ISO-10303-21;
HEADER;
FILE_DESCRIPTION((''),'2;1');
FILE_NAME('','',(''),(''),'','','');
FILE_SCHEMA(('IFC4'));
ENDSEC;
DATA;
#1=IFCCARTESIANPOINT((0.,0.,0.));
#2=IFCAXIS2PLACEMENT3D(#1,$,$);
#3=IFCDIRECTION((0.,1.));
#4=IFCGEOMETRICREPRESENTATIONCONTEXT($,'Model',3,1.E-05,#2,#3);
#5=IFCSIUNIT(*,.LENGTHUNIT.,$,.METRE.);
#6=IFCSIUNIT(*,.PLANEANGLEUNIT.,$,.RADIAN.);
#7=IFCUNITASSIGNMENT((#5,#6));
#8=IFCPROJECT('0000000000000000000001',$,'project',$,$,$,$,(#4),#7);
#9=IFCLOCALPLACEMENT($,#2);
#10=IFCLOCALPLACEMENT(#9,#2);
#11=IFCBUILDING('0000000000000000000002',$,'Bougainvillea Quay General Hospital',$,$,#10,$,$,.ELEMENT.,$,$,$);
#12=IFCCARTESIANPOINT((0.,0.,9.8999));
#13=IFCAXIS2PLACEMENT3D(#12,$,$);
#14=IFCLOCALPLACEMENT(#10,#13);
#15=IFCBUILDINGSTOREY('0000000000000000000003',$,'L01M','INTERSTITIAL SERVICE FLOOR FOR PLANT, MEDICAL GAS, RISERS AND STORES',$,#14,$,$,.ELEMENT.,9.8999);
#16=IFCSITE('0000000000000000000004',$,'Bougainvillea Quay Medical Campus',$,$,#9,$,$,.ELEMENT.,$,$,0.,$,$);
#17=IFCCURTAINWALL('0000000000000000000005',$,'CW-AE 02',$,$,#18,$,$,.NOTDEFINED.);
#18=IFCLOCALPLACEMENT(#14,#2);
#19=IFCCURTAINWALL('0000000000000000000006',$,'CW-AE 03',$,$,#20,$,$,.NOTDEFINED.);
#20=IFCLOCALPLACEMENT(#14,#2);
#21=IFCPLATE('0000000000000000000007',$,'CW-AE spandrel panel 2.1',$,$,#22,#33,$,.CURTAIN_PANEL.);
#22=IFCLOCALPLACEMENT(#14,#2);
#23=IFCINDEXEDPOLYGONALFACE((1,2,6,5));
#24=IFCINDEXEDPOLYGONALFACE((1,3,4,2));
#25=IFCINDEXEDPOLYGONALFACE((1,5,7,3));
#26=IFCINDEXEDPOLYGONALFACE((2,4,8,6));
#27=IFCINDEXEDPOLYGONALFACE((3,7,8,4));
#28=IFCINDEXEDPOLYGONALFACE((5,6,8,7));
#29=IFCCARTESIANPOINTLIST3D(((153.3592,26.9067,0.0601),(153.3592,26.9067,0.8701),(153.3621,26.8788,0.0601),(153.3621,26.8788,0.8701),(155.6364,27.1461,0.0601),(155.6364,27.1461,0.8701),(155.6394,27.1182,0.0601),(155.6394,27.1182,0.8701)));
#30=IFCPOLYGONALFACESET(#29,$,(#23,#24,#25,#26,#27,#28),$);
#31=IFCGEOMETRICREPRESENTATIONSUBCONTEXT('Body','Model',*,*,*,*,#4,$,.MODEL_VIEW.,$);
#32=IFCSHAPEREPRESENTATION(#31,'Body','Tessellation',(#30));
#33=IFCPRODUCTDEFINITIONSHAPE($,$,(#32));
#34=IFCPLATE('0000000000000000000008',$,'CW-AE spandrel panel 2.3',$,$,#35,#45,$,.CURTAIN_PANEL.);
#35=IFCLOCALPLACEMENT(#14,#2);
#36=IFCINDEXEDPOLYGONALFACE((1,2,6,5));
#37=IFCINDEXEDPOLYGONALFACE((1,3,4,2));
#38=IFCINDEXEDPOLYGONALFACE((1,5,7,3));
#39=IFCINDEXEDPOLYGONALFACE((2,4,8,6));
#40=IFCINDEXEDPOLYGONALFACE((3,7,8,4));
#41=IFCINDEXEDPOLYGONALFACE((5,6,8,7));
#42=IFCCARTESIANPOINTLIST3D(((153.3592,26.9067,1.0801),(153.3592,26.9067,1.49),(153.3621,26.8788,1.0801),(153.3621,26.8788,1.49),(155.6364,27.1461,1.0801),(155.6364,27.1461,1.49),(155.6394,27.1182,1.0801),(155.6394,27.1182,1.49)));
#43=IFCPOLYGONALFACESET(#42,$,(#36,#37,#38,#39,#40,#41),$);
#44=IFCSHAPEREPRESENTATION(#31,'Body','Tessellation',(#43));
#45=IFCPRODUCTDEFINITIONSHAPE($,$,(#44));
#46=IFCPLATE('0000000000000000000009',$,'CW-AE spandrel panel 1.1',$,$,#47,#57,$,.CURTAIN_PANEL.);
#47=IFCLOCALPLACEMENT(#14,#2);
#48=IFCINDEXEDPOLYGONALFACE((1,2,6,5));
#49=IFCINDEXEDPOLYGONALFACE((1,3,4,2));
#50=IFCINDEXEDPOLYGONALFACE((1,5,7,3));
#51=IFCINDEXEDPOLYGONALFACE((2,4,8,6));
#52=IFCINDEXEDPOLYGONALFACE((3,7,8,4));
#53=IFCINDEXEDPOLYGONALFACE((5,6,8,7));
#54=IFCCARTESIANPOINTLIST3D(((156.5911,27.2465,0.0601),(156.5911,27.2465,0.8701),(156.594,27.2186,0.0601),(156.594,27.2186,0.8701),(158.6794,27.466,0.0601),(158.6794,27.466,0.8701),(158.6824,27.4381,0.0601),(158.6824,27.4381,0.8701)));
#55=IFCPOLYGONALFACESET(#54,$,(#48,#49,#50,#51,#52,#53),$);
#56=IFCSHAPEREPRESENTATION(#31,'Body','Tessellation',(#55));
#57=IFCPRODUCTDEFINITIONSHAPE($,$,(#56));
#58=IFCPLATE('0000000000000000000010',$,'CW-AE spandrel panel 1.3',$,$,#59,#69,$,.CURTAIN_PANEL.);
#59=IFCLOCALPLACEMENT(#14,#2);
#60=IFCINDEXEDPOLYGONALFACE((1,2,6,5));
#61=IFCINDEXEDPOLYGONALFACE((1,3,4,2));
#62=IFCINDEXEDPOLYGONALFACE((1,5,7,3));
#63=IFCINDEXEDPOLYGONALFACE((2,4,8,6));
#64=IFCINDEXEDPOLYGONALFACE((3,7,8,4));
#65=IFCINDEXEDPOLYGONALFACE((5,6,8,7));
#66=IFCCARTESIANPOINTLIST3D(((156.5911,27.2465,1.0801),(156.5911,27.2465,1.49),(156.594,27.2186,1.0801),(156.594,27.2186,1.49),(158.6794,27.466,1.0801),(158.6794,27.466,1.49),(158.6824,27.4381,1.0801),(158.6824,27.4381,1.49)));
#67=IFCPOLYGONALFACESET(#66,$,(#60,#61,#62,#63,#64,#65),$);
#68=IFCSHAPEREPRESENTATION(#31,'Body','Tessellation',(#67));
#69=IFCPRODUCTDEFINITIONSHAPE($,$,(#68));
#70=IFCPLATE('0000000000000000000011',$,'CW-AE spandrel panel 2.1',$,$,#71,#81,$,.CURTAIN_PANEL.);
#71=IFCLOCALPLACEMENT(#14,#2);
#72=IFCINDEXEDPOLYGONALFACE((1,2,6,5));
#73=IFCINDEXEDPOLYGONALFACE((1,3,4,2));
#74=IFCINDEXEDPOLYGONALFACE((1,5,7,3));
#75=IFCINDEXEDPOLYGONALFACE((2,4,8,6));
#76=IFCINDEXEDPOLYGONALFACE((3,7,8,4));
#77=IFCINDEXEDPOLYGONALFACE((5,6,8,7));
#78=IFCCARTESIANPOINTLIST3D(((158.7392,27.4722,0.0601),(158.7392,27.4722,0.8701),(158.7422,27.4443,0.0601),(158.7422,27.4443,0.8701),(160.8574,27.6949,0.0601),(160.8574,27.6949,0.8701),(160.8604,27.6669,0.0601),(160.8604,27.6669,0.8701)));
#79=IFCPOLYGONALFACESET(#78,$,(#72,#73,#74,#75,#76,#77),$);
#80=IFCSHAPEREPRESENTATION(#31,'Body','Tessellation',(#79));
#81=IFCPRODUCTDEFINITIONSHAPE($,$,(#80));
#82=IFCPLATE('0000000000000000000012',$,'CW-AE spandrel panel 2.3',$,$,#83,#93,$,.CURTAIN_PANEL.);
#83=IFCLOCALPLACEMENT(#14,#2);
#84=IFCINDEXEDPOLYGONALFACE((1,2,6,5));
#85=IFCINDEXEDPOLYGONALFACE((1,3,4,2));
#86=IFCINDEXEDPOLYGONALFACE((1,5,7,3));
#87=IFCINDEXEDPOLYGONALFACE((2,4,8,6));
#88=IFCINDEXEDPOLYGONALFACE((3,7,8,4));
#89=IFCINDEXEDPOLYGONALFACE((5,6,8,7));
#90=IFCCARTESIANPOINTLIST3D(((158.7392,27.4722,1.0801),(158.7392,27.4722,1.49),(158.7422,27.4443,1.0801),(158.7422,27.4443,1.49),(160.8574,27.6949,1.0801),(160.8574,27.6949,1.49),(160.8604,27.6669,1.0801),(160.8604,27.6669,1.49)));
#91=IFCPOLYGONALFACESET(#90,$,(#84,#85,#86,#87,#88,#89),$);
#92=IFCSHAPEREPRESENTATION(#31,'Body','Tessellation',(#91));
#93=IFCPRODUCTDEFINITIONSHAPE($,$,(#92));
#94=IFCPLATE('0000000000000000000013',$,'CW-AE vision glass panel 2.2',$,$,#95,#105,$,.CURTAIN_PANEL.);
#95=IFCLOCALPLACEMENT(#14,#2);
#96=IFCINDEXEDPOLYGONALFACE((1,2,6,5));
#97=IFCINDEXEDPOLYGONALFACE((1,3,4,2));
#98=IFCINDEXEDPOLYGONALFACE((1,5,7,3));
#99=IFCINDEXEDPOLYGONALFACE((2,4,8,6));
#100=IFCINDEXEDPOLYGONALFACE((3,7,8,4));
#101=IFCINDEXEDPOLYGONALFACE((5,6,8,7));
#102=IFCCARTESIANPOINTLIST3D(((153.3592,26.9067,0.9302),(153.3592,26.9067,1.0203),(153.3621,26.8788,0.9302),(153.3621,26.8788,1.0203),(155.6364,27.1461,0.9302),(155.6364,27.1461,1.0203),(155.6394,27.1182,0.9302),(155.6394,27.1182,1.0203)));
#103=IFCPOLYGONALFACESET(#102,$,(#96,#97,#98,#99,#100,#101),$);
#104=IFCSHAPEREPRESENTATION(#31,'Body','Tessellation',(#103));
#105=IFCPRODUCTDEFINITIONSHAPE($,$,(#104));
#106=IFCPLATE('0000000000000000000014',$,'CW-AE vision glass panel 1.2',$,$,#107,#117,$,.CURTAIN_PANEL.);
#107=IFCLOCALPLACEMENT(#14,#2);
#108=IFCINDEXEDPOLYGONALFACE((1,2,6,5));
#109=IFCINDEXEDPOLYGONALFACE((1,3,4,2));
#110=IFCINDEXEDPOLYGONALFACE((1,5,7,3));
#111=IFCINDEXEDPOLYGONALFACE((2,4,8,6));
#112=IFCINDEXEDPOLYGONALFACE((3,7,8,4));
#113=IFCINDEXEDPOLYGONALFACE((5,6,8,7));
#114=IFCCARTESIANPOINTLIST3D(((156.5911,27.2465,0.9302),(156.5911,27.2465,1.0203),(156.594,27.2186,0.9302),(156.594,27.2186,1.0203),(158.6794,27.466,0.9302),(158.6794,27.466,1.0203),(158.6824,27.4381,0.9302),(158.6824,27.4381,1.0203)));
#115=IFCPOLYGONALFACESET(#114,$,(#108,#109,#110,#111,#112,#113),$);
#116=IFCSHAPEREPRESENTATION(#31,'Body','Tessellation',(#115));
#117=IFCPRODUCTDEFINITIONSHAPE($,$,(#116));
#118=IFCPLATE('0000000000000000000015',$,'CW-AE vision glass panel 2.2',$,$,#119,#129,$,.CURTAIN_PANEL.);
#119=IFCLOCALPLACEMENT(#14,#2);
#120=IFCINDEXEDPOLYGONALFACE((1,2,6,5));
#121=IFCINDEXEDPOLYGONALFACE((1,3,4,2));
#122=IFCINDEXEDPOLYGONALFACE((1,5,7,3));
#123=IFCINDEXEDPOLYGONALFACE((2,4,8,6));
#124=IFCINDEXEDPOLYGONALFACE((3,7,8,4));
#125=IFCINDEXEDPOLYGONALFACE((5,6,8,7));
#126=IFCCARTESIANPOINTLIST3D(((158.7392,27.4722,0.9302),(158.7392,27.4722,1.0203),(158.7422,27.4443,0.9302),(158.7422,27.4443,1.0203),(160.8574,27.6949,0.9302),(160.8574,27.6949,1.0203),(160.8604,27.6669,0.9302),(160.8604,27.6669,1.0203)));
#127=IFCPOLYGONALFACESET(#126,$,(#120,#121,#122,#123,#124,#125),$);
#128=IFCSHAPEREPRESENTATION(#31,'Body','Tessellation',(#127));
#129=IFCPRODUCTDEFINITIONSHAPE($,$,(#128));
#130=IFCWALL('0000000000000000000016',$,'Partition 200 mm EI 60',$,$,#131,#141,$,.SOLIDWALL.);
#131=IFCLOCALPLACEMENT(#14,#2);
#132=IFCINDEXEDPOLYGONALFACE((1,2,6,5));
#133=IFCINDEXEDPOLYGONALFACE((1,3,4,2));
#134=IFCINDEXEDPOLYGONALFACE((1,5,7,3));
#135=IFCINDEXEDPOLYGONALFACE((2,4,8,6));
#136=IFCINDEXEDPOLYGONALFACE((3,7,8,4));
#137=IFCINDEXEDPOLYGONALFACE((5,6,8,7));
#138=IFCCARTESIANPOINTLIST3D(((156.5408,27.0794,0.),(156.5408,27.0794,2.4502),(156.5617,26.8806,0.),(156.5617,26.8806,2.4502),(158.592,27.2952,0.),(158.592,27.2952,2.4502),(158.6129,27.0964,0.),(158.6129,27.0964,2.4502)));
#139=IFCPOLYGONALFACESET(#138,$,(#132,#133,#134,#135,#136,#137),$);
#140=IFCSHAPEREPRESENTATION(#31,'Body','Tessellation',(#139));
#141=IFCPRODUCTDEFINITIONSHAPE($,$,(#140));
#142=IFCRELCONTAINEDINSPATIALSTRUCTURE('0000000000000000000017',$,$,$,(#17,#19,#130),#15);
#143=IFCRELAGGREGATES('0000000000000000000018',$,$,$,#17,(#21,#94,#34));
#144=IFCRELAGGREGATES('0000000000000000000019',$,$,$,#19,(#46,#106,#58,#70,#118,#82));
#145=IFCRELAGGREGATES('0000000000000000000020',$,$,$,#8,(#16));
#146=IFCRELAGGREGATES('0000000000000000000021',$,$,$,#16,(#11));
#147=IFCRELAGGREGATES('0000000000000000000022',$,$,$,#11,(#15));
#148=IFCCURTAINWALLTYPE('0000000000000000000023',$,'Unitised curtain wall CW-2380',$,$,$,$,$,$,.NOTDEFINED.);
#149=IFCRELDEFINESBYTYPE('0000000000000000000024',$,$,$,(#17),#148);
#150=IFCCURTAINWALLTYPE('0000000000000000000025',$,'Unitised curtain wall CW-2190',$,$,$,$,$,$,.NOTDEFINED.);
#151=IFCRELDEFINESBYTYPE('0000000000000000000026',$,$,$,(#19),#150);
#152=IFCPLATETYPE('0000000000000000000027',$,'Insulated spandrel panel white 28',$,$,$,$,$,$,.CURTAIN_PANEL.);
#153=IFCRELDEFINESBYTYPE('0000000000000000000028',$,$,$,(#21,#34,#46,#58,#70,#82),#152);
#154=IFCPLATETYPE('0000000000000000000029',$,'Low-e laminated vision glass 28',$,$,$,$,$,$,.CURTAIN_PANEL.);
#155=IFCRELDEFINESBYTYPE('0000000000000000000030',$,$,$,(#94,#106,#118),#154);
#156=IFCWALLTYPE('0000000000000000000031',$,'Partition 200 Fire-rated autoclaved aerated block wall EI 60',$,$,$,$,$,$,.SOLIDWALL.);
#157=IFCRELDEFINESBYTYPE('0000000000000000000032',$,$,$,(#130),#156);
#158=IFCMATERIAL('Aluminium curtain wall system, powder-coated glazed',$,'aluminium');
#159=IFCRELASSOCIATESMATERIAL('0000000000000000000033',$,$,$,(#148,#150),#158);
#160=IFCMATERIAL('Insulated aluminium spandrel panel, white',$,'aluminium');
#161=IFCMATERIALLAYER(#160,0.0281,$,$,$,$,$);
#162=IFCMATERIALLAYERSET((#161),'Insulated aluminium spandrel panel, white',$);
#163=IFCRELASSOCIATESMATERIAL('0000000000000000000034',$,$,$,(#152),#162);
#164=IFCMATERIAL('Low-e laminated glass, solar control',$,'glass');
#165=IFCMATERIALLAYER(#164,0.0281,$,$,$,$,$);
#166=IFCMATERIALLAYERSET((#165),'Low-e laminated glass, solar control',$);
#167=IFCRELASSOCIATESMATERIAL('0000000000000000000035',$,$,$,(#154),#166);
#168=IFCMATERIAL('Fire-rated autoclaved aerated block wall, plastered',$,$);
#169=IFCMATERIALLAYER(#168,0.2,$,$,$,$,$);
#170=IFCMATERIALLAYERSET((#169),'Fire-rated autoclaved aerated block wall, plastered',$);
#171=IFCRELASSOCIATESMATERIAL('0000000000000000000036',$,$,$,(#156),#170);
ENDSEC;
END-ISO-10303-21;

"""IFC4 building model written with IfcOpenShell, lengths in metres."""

from ifc_helpers import new_model, si_unit, direction, frame, frame_2d, origin, origin_2d, place, context, subcontext, project, spatial, rectangle, extrude, material, layer, layer_set, type_object, element, aggregate, save


model = new_model("IFC4")

# Units and contexts
model_context = context("Model", 3, precision=1e-05, world=origin(), true_north=direction((0.0, 1.0)))
body_context = subcontext(model_context, "Body", "Model", "MODEL_VIEW")
ifc_project = project(units=[si_unit("LENGTHUNIT", "METRE"), si_unit("PLANEANGLEUNIT", "RADIAN")], contexts=[model_context])

# Site, building, storey
site_placement = place(None, origin())
site = spatial("IfcSite", under=ifc_project, at=site_placement, Name="Bougainvillea Quay Medical Campus", CompositionType="ELEMENT", RefElevation=0.0)
building_placement = place(site_placement, origin())
building = spatial("IfcBuilding", under=site, at=building_placement, Name="Bougainvillea Quay General Hospital", CompositionType="ELEMENT")
storey_placement = place(building_placement, frame((0.0, 0.0, 9.8999)))
storey = spatial("IfcBuildingStorey", under=building, at=storey_placement, Name="L01M", Description="INTERSTITIAL SERVICE FLOOR FOR PLANT, MEDICAL GAS, RISERS AND STORES", CompositionType="ELEMENT", Elevation=9.8999)

# Curtain wall
ifc_material_1 = material(Name="Aluminium curtain wall system, powder-coated glazed", Category="aluminium")
curtain_wall_type_1 = type_object("IfcCurtainWallType", Name="Unitised curtain wall CW-2380", PredefinedType="NOTDEFINED", material=ifc_material_1)
curtain_wall_1_placement = place(storey_placement, origin())
curtain_wall_1 = element("IfcCurtainWall", 1, at=curtain_wall_1_placement, inside=storey, type_object=curtain_wall_type_1, Name="CW-AE 02", PredefinedType="NOTDEFINED")

# Curtain wall
curtain_wall_type_2 = type_object("IfcCurtainWallType", Name="Unitised curtain wall CW-2190", PredefinedType="NOTDEFINED", material=ifc_material_1)
curtain_wall_2_placement = place(storey_placement, origin())
curtain_wall_2 = element("IfcCurtainWall", 2, at=curtain_wall_2_placement, inside=storey, type_object=curtain_wall_type_2, Name="CW-AE 03", PredefinedType="NOTDEFINED")

# Plates
ifc_material_2 = material(Name="Insulated aluminium spandrel panel, white", Category="aluminium")
ifc_layer_1 = layer(ifc_material_2, 0.0281)
ifc_layer_set_1 = layer_set([ifc_layer_1], Name="Insulated aluminium spandrel panel, white")
plate_type_1 = type_object("IfcPlateType", Name="Insulated spandrel panel white 28", PredefinedType="CURTAIN_PANEL", material=ifc_layer_set_1)
plate_1_placement = place(storey_placement, frame((154.4993, 27.0125, 0.0601), z_axis=(0.0, 0.0, 1.0), x_axis=(0.994522, 0.104527, 0.0)))
plate_1 = element("IfcPlate", 3, at=plate_1_placement, type_object=plate_type_1, Name="CW-AE spandrel panel 2.1", PredefinedType="CURTAIN_PANEL", context=body_context, shape_type="SweptSolid", body=[
    extrude(rectangle(XDim=2.2898, YDim=0.0281, at=origin_2d()), origin(), (0.0, 0.0, 1.0), 0.8101),
])
plate_2_placement = place(storey_placement, frame((154.4993, 27.0125, 1.0801), z_axis=(0.0, 0.0, 1.0), x_axis=(0.994522, 0.104527, 0.0)))
plate_2 = element("IfcPlate", 4, at=plate_2_placement, type_object=plate_type_1, Name="CW-AE spandrel panel 2.3", PredefinedType="CURTAIN_PANEL", context=body_context, shape_type="SweptSolid", body=[
    extrude(rectangle(XDim=2.2898, YDim=0.0281, at=origin_2d()), origin(), (0.0, 0.0, 1.0), 0.4099),
])
plate_3_placement = place(storey_placement, frame((157.6367, 27.3423, 0.0601), z_axis=(0.0, 0.0, 1.0), x_axis=(0.994522, 0.104527, 0.0)))
plate_3 = element("IfcPlate", 5, at=plate_3_placement, type_object=plate_type_1, Name="CW-AE spandrel panel 1.1", PredefinedType="CURTAIN_PANEL", context=body_context, shape_type="SweptSolid", body=[
    extrude(rectangle(XDim=2.0999, YDim=0.0281, at=origin_2d()), origin(), (0.0, 0.0, 1.0), 0.8101),
])
plate_4_placement = place(storey_placement, frame((157.6367, 27.3423, 1.0801), z_axis=(0.0, 0.0, 1.0), x_axis=(0.994522, 0.104527, 0.0)))
plate_4 = element("IfcPlate", 6, at=plate_4_placement, type_object=plate_type_1, Name="CW-AE spandrel panel 1.3", PredefinedType="CURTAIN_PANEL", context=body_context, shape_type="SweptSolid", body=[
    extrude(rectangle(XDim=2.0999, YDim=0.0281, at=origin_2d()), origin(), (0.0, 0.0, 1.0), 0.4099),
])
plate_5_placement = place(storey_placement, frame((159.7998, 27.5696, 0.0601), z_axis=(0.0, 0.0, 1.0), x_axis=(0.994522, 0.104527, 0.0)))
plate_5 = element("IfcPlate", 7, at=plate_5_placement, type_object=plate_type_1, Name="CW-AE spandrel panel 2.1", PredefinedType="CURTAIN_PANEL", context=body_context, shape_type="SweptSolid", body=[
    extrude(rectangle(XDim=2.1299, YDim=0.0281, at=origin_2d()), origin(), (0.0, 0.0, 1.0), 0.8101),
])
plate_6_placement = place(storey_placement, frame((159.7998, 27.5696, 1.0801), z_axis=(0.0, 0.0, 1.0), x_axis=(0.994522, 0.104527, 0.0)))
plate_6 = element("IfcPlate", 8, at=plate_6_placement, type_object=plate_type_1, Name="CW-AE spandrel panel 2.3", PredefinedType="CURTAIN_PANEL", context=body_context, shape_type="SweptSolid", body=[
    extrude(rectangle(XDim=2.1299, YDim=0.0281, at=origin_2d()), origin(), (0.0, 0.0, 1.0), 0.4099),
])
ifc_material_3 = material(Name="Low-e laminated glass, solar control", Category="glass")
ifc_layer_2 = layer(ifc_material_3, 0.0281)
ifc_layer_set_2 = layer_set([ifc_layer_2], Name="Low-e laminated glass, solar control")
plate_type_2 = type_object("IfcPlateType", Name="Low-e laminated vision glass 28", PredefinedType="CURTAIN_PANEL", material=ifc_layer_set_2)
plate_7_placement = place(storey_placement, frame((154.4993, 27.0125, 0.9302), z_axis=(0.0, 0.0, 1.0), x_axis=(0.994522, 0.104527, 0.0)))
plate_7 = element("IfcPlate", 9, at=plate_7_placement, type_object=plate_type_2, Name="CW-AE vision glass panel 2.2", PredefinedType="CURTAIN_PANEL", context=body_context, shape_type="SweptSolid", body=[
    extrude(rectangle(XDim=2.2898, YDim=0.0281, at=origin_2d()), origin(), (0.0, 0.0, 1.0), 0.0901),
])
aggregate(curtain_wall_1, [plate_1, plate_7, plate_2])
plate_8_placement = place(storey_placement, frame((157.6367, 27.3423, 0.9302), z_axis=(0.0, 0.0, 1.0), x_axis=(0.994522, 0.104527, 0.0)))
plate_8 = element("IfcPlate", 10, at=plate_8_placement, type_object=plate_type_2, Name="CW-AE vision glass panel 1.2", PredefinedType="CURTAIN_PANEL", context=body_context, shape_type="SweptSolid", body=[
    extrude(rectangle(XDim=2.0999, YDim=0.0281, at=origin_2d()), origin(), (0.0, 0.0, 1.0), 0.0901),
])
plate_9_placement = place(storey_placement, frame((159.7998, 27.5696, 0.9302), z_axis=(0.0, 0.0, 1.0), x_axis=(0.994522, 0.104527, 0.0)))
plate_9 = element("IfcPlate", 11, at=plate_9_placement, type_object=plate_type_2, Name="CW-AE vision glass panel 2.2", PredefinedType="CURTAIN_PANEL", context=body_context, shape_type="SweptSolid", body=[
    extrude(rectangle(XDim=2.1299, YDim=0.0281, at=origin_2d()), origin(), (0.0, 0.0, 1.0), 0.0901),
])
aggregate(curtain_wall_2, [plate_3, plate_8, plate_4, plate_5, plate_9, plate_6])

# Wall
ifc_material_4 = material(Name="Fire-rated autoclaved aerated block wall, plastered")
ifc_layer_3 = layer(ifc_material_4, 0.2)
ifc_layer_set_3 = layer_set([ifc_layer_3], Name="Fire-rated autoclaved aerated block wall, plastered")
wall_type = type_object("IfcWallType", Name="Partition 200 Fire-rated autoclaved aerated block wall EI 60", PredefinedType="SOLIDWALL", material=ifc_layer_set_3)
wall_placement = place(storey_placement, frame((156.5513, 26.98, 0.0), z_axis=(0.0, 0.0, 1.0), x_axis=(0.994511, 0.104635, 0.0)))
element("IfcWall", 12, at=wall_placement, inside=storey, type_object=wall_type, Name="Partition 200 mm EI 60", PredefinedType="SOLIDWALL", context=body_context, shape_type="SweptSolid", body=[
    extrude(rectangle(XDim=2.0625, YDim=0.2, at=frame_2d((1.0312, 0.0))), origin(), (0.0, 0.0, 1.0), 2.4502),
])

save(model, "model.ifc")
